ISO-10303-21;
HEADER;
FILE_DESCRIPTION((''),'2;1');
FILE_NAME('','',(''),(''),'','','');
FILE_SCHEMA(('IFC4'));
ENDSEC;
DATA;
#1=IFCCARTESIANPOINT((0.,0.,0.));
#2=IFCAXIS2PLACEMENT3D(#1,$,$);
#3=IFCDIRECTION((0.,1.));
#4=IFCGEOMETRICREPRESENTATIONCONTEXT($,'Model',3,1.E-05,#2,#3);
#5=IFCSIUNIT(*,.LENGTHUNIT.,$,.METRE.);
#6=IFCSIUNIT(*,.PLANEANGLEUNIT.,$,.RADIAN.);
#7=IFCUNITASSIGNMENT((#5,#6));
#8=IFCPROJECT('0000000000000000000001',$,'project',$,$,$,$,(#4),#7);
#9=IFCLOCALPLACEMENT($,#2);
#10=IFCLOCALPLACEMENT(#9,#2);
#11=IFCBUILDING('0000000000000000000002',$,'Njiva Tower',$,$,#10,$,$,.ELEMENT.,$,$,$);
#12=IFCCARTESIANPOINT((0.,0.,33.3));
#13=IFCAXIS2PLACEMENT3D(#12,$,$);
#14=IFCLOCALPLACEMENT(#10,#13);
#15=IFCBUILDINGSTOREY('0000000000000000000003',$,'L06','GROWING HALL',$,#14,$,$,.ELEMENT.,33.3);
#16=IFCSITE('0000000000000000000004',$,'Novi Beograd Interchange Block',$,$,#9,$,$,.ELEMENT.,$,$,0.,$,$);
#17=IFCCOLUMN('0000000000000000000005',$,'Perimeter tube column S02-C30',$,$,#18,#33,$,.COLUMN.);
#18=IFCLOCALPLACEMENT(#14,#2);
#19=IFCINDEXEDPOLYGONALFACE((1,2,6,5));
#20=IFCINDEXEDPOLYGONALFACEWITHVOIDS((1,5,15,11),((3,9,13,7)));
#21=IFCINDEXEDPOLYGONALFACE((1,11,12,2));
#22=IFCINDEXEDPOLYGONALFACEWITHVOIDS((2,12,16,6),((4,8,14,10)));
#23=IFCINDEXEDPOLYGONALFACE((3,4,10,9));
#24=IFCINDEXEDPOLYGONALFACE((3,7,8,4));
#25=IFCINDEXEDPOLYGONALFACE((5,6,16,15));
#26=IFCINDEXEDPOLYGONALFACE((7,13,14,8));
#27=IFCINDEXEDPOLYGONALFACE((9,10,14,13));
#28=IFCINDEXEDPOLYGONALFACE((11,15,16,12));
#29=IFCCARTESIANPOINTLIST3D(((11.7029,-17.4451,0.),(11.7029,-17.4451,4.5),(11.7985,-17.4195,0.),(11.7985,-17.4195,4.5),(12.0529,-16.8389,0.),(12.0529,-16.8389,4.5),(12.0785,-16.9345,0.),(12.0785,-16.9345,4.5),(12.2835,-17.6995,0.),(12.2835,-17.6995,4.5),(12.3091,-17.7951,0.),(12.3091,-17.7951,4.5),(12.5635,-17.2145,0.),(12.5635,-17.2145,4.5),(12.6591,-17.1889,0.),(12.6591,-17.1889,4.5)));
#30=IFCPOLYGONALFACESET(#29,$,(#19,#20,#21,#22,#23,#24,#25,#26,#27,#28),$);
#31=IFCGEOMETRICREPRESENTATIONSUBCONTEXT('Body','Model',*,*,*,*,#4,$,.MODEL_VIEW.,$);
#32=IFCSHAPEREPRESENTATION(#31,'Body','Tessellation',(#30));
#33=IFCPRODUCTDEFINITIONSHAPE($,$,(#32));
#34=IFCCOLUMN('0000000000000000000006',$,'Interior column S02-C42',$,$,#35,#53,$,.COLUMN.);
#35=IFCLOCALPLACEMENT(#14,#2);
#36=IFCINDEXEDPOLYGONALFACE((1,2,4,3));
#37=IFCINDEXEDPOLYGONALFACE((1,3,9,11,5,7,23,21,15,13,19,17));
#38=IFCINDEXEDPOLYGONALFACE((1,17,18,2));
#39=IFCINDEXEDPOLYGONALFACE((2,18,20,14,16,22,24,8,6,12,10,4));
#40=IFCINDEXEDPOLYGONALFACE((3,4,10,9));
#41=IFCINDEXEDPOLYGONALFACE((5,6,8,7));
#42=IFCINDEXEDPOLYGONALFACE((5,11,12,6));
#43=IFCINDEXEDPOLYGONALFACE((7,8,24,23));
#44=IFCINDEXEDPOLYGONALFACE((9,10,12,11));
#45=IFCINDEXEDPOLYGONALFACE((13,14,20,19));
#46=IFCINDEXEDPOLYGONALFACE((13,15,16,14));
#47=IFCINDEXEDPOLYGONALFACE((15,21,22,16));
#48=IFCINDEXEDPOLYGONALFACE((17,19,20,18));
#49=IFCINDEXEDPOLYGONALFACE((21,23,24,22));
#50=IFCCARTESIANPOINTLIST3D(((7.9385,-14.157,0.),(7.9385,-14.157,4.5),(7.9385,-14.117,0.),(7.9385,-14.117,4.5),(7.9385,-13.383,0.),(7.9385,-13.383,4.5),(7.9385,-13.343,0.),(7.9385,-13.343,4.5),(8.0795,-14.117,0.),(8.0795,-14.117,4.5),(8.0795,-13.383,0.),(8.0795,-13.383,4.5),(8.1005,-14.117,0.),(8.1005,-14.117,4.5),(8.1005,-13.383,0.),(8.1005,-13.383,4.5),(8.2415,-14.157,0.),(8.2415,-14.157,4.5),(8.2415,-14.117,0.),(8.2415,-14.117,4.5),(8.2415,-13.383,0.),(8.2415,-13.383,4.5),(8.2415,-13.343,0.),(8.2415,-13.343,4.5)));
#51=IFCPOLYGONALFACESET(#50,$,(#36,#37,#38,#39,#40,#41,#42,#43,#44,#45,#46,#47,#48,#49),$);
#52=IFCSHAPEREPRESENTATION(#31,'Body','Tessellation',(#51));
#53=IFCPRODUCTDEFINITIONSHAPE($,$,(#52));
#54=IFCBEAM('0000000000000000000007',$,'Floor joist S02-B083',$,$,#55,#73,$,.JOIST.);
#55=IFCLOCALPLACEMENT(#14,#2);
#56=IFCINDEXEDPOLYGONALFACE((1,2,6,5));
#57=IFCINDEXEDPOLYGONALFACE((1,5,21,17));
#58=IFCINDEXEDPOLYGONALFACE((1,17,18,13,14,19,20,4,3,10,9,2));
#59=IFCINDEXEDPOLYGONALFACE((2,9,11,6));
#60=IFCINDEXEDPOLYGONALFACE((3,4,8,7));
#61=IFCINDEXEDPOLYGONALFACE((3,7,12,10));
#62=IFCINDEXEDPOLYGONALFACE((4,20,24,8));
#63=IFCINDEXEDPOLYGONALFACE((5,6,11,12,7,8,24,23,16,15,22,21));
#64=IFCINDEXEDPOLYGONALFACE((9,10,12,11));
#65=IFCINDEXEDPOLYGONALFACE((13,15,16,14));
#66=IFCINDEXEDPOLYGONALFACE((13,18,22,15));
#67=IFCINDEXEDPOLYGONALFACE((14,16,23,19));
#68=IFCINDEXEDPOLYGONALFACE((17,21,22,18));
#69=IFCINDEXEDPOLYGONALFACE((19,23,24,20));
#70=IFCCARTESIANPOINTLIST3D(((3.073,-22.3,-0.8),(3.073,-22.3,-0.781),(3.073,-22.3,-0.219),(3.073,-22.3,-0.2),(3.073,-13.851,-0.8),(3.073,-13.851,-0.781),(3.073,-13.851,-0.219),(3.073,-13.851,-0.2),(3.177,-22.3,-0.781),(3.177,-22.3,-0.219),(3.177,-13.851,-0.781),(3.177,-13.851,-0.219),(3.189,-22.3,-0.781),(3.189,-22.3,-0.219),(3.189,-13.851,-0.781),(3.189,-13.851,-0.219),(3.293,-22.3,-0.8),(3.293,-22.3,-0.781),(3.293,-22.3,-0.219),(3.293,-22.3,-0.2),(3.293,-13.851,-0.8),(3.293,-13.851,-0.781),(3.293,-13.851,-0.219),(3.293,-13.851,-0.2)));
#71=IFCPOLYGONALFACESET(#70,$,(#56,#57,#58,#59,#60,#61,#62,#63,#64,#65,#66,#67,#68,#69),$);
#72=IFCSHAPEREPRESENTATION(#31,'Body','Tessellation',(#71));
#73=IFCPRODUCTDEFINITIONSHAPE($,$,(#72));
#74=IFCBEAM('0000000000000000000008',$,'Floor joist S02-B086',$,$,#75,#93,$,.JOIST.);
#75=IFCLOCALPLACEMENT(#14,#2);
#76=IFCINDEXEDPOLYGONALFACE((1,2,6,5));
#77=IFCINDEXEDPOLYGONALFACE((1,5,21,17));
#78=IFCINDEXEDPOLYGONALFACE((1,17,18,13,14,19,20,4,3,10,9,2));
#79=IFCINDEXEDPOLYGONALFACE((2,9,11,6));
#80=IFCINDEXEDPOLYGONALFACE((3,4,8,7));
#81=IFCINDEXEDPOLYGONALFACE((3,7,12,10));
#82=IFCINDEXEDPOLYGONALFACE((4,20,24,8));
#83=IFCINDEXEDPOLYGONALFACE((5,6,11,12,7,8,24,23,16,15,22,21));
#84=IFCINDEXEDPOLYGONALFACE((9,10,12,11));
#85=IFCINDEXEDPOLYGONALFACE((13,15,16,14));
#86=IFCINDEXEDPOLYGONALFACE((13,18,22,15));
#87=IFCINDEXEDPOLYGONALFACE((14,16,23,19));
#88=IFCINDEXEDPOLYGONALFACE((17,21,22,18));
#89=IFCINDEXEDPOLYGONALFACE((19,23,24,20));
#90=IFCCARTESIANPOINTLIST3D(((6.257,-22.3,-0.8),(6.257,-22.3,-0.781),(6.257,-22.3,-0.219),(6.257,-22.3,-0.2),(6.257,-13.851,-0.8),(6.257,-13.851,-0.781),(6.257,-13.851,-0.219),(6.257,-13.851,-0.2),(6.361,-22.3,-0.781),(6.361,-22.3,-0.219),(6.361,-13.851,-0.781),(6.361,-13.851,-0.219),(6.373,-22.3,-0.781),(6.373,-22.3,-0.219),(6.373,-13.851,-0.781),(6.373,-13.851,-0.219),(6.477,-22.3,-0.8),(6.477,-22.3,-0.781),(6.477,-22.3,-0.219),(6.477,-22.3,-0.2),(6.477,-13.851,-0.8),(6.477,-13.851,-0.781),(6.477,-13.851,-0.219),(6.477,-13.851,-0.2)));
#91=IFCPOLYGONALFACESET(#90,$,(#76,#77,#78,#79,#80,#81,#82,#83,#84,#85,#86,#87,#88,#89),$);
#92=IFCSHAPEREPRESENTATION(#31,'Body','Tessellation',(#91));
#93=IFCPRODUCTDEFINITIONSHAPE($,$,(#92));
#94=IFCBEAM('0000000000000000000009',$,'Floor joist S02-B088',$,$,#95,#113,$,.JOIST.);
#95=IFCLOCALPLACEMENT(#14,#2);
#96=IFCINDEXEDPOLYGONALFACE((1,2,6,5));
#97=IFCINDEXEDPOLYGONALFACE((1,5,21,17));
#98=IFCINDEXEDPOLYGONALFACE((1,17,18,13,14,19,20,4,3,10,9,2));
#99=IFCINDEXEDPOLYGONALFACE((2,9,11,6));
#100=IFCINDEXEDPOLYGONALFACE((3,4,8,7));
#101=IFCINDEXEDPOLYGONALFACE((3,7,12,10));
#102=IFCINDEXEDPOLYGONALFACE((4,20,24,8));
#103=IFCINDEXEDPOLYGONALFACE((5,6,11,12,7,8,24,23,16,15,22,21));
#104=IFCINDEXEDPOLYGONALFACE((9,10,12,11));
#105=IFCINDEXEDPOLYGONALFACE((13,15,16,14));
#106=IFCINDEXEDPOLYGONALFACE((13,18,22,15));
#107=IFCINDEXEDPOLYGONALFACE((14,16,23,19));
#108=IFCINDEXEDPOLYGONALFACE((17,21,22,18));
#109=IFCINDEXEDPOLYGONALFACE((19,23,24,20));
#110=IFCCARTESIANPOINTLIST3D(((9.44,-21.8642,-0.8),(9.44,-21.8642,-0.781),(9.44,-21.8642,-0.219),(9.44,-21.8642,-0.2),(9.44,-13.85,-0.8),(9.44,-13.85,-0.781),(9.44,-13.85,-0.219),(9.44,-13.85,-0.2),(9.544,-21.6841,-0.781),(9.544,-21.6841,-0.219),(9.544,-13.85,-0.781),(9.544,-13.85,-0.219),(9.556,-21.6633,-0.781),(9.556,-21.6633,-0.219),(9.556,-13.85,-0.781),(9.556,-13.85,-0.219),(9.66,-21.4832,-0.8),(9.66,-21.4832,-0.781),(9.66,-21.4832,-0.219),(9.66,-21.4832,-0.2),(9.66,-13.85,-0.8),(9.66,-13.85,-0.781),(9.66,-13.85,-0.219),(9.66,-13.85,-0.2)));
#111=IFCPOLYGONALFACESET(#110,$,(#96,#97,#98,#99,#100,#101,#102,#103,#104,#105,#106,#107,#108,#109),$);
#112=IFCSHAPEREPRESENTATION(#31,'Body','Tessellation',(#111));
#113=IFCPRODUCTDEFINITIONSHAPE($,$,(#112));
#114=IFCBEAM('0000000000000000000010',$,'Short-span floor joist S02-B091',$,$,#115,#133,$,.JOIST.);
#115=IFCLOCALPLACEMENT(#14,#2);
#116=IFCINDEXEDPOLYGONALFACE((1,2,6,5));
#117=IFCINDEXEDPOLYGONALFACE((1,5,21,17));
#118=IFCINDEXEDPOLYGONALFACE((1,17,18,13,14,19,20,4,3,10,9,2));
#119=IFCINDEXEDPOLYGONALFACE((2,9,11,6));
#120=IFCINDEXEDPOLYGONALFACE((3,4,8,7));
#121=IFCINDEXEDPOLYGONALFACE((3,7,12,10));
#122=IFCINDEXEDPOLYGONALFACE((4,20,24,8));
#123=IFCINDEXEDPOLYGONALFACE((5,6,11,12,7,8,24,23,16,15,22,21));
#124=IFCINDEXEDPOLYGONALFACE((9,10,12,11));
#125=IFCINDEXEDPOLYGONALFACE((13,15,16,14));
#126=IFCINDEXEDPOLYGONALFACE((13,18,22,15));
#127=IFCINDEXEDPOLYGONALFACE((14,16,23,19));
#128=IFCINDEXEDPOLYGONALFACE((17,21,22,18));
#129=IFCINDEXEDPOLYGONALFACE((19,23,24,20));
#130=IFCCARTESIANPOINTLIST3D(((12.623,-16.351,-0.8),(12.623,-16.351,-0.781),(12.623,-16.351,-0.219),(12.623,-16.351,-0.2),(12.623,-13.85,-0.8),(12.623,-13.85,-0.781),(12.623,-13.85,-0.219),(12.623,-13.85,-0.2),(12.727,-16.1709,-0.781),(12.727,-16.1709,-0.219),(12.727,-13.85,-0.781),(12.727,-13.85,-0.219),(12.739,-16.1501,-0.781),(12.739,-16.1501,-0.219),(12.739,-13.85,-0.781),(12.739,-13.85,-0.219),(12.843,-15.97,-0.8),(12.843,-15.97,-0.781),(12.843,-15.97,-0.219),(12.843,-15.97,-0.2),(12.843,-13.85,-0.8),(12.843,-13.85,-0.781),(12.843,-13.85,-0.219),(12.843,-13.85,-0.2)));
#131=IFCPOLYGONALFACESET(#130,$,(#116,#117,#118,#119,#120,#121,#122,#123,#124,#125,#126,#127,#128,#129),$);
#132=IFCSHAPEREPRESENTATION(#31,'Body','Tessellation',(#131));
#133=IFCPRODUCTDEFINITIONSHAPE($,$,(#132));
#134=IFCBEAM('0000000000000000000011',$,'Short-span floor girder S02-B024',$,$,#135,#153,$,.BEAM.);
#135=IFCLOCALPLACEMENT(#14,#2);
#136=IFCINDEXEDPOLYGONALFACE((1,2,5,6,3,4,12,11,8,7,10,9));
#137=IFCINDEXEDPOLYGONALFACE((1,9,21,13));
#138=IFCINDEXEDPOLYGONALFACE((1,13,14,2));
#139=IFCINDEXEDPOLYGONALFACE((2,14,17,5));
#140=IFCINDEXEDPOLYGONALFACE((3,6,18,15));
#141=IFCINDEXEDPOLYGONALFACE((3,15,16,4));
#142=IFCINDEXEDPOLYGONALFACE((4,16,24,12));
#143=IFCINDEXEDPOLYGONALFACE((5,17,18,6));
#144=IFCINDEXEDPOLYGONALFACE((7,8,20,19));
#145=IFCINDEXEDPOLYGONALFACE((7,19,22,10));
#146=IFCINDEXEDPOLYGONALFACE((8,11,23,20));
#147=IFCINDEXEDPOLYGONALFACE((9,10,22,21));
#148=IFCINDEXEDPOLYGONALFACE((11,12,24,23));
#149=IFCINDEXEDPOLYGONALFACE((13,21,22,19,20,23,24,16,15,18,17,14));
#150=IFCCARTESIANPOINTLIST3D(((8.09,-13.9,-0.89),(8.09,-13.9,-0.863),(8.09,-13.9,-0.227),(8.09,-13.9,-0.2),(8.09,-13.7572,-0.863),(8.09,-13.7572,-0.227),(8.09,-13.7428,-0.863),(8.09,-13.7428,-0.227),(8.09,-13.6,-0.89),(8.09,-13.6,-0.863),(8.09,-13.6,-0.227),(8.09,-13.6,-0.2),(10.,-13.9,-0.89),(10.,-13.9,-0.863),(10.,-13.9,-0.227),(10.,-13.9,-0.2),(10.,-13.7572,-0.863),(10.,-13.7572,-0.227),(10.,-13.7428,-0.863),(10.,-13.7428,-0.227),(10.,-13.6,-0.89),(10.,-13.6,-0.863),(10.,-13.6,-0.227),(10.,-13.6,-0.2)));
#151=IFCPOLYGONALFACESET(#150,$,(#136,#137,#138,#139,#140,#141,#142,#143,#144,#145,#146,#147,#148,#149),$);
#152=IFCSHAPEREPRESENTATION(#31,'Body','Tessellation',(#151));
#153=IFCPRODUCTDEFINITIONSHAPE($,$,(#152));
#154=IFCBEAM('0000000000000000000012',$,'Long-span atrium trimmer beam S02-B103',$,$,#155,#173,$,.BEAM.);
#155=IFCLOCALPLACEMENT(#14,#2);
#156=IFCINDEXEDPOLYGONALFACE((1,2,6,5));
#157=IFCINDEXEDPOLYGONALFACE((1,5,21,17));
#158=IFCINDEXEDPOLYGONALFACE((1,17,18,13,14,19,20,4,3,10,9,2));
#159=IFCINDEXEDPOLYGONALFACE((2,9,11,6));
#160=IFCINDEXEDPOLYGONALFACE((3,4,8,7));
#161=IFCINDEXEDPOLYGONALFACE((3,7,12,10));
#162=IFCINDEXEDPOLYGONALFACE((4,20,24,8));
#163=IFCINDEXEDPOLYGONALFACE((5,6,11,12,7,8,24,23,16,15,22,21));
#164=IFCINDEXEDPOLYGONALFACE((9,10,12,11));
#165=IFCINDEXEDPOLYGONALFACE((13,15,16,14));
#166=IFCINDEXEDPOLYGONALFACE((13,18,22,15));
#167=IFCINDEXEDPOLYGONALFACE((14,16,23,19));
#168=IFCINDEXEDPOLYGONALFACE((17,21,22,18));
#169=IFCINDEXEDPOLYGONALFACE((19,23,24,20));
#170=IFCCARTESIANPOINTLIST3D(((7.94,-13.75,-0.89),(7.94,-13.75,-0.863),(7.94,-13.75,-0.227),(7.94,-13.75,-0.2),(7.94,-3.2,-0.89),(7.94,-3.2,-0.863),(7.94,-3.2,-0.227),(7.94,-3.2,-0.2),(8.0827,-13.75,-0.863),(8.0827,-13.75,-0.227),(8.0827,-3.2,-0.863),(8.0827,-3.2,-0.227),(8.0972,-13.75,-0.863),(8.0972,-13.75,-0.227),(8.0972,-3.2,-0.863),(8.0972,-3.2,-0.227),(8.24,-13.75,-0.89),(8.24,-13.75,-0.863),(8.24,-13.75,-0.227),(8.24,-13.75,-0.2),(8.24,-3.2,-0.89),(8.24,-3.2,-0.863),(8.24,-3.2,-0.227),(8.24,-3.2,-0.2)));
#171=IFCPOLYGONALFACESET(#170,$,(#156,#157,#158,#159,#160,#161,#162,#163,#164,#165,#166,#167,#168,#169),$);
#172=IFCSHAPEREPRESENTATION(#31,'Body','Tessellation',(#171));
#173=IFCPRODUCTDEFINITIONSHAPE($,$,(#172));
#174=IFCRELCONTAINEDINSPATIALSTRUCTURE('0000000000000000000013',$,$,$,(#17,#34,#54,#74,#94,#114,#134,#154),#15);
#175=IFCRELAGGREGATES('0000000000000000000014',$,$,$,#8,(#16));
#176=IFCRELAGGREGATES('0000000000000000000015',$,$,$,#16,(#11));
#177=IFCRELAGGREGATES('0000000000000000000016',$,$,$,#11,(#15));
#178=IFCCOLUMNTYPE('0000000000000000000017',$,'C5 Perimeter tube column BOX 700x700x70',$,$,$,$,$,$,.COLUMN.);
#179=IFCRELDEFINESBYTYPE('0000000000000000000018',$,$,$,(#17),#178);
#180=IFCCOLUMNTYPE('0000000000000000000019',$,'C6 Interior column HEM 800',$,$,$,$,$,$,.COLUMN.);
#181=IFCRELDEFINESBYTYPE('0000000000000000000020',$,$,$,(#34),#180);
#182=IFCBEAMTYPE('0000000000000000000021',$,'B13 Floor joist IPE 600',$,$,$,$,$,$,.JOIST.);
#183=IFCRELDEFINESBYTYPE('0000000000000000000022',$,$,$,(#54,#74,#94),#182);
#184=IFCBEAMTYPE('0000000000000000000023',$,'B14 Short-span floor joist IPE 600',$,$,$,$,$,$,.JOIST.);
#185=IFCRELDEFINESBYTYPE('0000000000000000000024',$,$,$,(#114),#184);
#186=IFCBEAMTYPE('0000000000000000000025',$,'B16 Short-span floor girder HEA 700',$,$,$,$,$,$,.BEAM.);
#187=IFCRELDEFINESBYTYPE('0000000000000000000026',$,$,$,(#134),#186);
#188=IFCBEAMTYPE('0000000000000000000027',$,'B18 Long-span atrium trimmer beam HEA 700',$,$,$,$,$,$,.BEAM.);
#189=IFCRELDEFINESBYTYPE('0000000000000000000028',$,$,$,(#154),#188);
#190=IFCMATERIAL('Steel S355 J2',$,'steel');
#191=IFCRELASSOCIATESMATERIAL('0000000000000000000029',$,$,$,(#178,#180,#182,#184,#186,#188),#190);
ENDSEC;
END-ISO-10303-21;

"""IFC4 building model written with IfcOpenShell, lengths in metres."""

from ifc_helpers import new_model, si_unit, direction, frame, origin, origin_2d, place, context, subcontext, project, spatial, hollow_rectangle, i_section, extrude, clip, halfspace, material, material_profile, profile_set, type_object, element, save


model = new_model("IFC4")

# Units and contexts
model_context = context("Model", 3, precision=1e-05, world=origin(), true_north=direction((0.0, 1.0)))
body_context = subcontext(model_context, "Body", "Model", "MODEL_VIEW")
ifc_project = project(units=[si_unit("LENGTHUNIT", "METRE"), si_unit("PLANEANGLEUNIT", "RADIAN")], contexts=[model_context])

# Site, building, storey
site_placement = place(None, origin())
site = spatial("IfcSite", under=ifc_project, at=site_placement, Name="Novi Beograd Interchange Block", CompositionType="ELEMENT", RefElevation=0.0)
building_placement = place(site_placement, origin())
building = spatial("IfcBuilding", under=site, at=building_placement, Name="Njiva Tower", CompositionType="ELEMENT")
storey_placement = place(building_placement, frame((0.0, 0.0, 33.3)))
storey = spatial("IfcBuildingStorey", under=building, at=storey_placement, Name="L06", Description="GROWING HALL", CompositionType="ELEMENT", Elevation=33.3)

# Columns
ifc_material_1 = material(Name="Steel S355 J2", Category="steel")
ifc_material_profile_1 = material_profile(ifc_material_1, hollow_rectangle(XDim=0.7, YDim=0.7, WallThickness=0.07, at=origin_2d()), Name="BOX 700x700x70")
ifc_profile_set_1 = profile_set([ifc_material_profile_1], Name="Steel S355 J2")
column_type_1 = type_object("IfcColumnType", Name="C5 Perimeter tube column BOX 700x700x70", PredefinedType="COLUMN", material=ifc_profile_set_1)
column_1_placement = place(storey_placement, frame((12.181, -17.317, 0.0), z_axis=(0.0, 0.0, 1.0), x_axis=(0.5, 0.866025, 0.0)))
element("IfcColumn", 1, at=column_1_placement, inside=storey, type_object=column_type_1, Name="Perimeter tube column S02-C30", PredefinedType="COLUMN", context=body_context, shape_type="SweptSolid", body=[
    extrude(hollow_rectangle(XDim=0.7, YDim=0.7, WallThickness=0.07, at=origin_2d()), origin(), (0.0, 0.0, 1.0), 4.5),
])
ifc_material_profile_2 = material_profile(ifc_material_1, i_section(OverallWidth=0.303, OverallDepth=0.814, WebThickness=0.021, FlangeThickness=0.04, at=origin_2d()), Name="HEM 800")
ifc_profile_set_2 = profile_set([ifc_material_profile_2], Name="Steel S355 J2")
column_type_2 = type_object("IfcColumnType", Name="C6 Interior column HEM 800", PredefinedType="COLUMN", material=ifc_profile_set_2)
column_2_placement = place(storey_placement, frame((8.09, -13.75, 0.0), z_axis=(0.0, 0.0, 1.0), x_axis=(1.0, 0.0, 0.0)))
element("IfcColumn", 2, at=column_2_placement, inside=storey, type_object=column_type_2, Name="Interior column S02-C42", PredefinedType="COLUMN", context=body_context, shape_type="SweptSolid", body=[
    extrude(i_section(OverallWidth=0.303, OverallDepth=0.814, WebThickness=0.021, FlangeThickness=0.04, at=origin_2d()), origin(), (0.0, 0.0, 1.0), 4.5),
])

# Beams
ifc_material_profile_3 = material_profile(ifc_material_1, i_section(OverallWidth=0.22, OverallDepth=0.6, WebThickness=0.012, FlangeThickness=0.019, at=origin_2d()), Name="IPE 600")
ifc_profile_set_3 = profile_set([ifc_material_profile_3], Name="Steel S355 J2")
beam_type_1 = type_object("IfcBeamType", Name="B13 Floor joist IPE 600", PredefinedType="JOIST", material=ifc_profile_set_3)
for number, where, z_axis, x_axis, name in (
    (3, (3.183, -13.851, -0.5), (0.0, -1.0, 0.0), (1.0, 0.0, 0.0), "Floor joist S02-B083"),
    (4, (6.367, -13.851, -0.5), (0.0, -1.0, 0.0), (1.0, 0.0, 0.0), "Floor joist S02-B086"),
):
    element("IfcBeam", number, at=place(storey_placement, frame(where, z_axis=z_axis, x_axis=x_axis)), inside=storey, type_object=beam_type_1, Name=name, PredefinedType="JOIST", context=body_context, shape_type="SweptSolid", body=[
        extrude(i_section(OverallWidth=0.22, OverallDepth=0.6, WebThickness=0.012, FlangeThickness=0.019, at=origin_2d()), origin(), (0.0, 0.0, 1.0), 8.449),
    ])
beam_1_placement = place(storey_placement, frame((9.55, -13.85, -0.5), z_axis=(0.0, -1.0, 0.0), x_axis=(1.0, 0.0, 0.0)))
element("IfcBeam", 5, at=beam_1_placement, inside=storey, type_object=beam_type_1, Name="Floor joist S02-B088", PredefinedType="JOIST", context=body_context, shape_type="Clipping", body=[
    clip(extrude(i_section(OverallWidth=0.22, OverallDepth=0.6, WebThickness=0.012, FlangeThickness=0.019, at=origin_2d()), origin(), (0.0, 0.0, 1.0), 8.035), halfspace(frame((0.0433, 0.0, 7.7487), z_axis=(0.866027, 0.0, 0.499998), x_axis=(0.0, 1.0, 0.0)), False)),
])
ifc_material_profile_4 = material_profile(ifc_material_1, i_section(OverallWidth=0.22, OverallDepth=0.6, WebThickness=0.012, FlangeThickness=0.019, at=origin_2d()), Name="IPE 600")
ifc_profile_set_4 = profile_set([ifc_material_profile_4], Name="Steel S355 J2")
beam_type_2 = type_object("IfcBeamType", Name="B14 Short-span floor joist IPE 600", PredefinedType="JOIST", material=ifc_profile_set_4)
beam_2_placement = place(storey_placement, frame((12.733, -13.85, -0.5), z_axis=(0.0, -1.0, 0.0), x_axis=(1.0, 0.0, 0.0)))
element("IfcBeam", 6, at=beam_2_placement, inside=storey, type_object=beam_type_2, Name="Short-span floor joist S02-B091", PredefinedType="JOIST", context=body_context, shape_type="Clipping", body=[
    clip(extrude(i_section(OverallWidth=0.22, OverallDepth=0.6, WebThickness=0.012, FlangeThickness=0.019, at=origin_2d()), origin(), (0.0, 0.0, 1.0), 2.521), halfspace(frame((0.0436, 0.0, 2.235), z_axis=(0.866027, 0.0, 0.499998), x_axis=(0.0, 1.0, 0.0)), False)),
])
ifc_material_profile_5 = material_profile(ifc_material_1, i_section(OverallWidth=0.3, OverallDepth=0.69, WebThickness=0.0145, FlangeThickness=0.027, at=origin_2d()), Name="HEA 700")
ifc_profile_set_5 = profile_set([ifc_material_profile_5], Name="Steel S355 J2")
beam_type_3 = type_object("IfcBeamType", Name="B16 Short-span floor girder HEA 700", PredefinedType="BEAM", material=ifc_profile_set_5)
beam_3_placement = place(storey_placement, frame((8.09, -13.75, -0.545), z_axis=(1.0, 0.0, 0.0), x_axis=(0.0, 1.0, 0.0)))
element("IfcBeam", 7, at=beam_3_placement, inside=storey, type_object=beam_type_3, Name="Short-span floor girder S02-B024", PredefinedType="BEAM", context=body_context, shape_type="SweptSolid", body=[
    extrude(i_section(OverallWidth=0.3, OverallDepth=0.69, WebThickness=0.0145, FlangeThickness=0.027, at=origin_2d()), origin(), (0.0, 0.0, 1.0), 1.91),
])
ifc_material_profile_6 = material_profile(ifc_material_1, i_section(OverallWidth=0.3, OverallDepth=0.69, WebThickness=0.0145, FlangeThickness=0.027, at=origin_2d()), Name="HEA 700")
ifc_profile_set_6 = profile_set([ifc_material_profile_6], Name="Steel S355 J2")
beam_type_4 = type_object("IfcBeamType", Name="B18 Long-span atrium trimmer beam HEA 700", PredefinedType="BEAM", material=ifc_profile_set_6)
beam_4_placement = place(storey_placement, frame((8.09, -13.75, -0.545), z_axis=(0.0, 1.0, 0.0), x_axis=(-1.0, 0.0, 0.0)))
element("IfcBeam", 8, at=beam_4_placement, inside=storey, type_object=beam_type_4, Name="Long-span atrium trimmer beam S02-B103", PredefinedType="BEAM", context=body_context, shape_type="SweptSolid", body=[
    extrude(i_section(OverallWidth=0.3, OverallDepth=0.69, WebThickness=0.0145, FlangeThickness=0.027, at=origin_2d()), origin(), (0.0, 0.0, 1.0), 10.55),
])

save(model, "model.ifc")
